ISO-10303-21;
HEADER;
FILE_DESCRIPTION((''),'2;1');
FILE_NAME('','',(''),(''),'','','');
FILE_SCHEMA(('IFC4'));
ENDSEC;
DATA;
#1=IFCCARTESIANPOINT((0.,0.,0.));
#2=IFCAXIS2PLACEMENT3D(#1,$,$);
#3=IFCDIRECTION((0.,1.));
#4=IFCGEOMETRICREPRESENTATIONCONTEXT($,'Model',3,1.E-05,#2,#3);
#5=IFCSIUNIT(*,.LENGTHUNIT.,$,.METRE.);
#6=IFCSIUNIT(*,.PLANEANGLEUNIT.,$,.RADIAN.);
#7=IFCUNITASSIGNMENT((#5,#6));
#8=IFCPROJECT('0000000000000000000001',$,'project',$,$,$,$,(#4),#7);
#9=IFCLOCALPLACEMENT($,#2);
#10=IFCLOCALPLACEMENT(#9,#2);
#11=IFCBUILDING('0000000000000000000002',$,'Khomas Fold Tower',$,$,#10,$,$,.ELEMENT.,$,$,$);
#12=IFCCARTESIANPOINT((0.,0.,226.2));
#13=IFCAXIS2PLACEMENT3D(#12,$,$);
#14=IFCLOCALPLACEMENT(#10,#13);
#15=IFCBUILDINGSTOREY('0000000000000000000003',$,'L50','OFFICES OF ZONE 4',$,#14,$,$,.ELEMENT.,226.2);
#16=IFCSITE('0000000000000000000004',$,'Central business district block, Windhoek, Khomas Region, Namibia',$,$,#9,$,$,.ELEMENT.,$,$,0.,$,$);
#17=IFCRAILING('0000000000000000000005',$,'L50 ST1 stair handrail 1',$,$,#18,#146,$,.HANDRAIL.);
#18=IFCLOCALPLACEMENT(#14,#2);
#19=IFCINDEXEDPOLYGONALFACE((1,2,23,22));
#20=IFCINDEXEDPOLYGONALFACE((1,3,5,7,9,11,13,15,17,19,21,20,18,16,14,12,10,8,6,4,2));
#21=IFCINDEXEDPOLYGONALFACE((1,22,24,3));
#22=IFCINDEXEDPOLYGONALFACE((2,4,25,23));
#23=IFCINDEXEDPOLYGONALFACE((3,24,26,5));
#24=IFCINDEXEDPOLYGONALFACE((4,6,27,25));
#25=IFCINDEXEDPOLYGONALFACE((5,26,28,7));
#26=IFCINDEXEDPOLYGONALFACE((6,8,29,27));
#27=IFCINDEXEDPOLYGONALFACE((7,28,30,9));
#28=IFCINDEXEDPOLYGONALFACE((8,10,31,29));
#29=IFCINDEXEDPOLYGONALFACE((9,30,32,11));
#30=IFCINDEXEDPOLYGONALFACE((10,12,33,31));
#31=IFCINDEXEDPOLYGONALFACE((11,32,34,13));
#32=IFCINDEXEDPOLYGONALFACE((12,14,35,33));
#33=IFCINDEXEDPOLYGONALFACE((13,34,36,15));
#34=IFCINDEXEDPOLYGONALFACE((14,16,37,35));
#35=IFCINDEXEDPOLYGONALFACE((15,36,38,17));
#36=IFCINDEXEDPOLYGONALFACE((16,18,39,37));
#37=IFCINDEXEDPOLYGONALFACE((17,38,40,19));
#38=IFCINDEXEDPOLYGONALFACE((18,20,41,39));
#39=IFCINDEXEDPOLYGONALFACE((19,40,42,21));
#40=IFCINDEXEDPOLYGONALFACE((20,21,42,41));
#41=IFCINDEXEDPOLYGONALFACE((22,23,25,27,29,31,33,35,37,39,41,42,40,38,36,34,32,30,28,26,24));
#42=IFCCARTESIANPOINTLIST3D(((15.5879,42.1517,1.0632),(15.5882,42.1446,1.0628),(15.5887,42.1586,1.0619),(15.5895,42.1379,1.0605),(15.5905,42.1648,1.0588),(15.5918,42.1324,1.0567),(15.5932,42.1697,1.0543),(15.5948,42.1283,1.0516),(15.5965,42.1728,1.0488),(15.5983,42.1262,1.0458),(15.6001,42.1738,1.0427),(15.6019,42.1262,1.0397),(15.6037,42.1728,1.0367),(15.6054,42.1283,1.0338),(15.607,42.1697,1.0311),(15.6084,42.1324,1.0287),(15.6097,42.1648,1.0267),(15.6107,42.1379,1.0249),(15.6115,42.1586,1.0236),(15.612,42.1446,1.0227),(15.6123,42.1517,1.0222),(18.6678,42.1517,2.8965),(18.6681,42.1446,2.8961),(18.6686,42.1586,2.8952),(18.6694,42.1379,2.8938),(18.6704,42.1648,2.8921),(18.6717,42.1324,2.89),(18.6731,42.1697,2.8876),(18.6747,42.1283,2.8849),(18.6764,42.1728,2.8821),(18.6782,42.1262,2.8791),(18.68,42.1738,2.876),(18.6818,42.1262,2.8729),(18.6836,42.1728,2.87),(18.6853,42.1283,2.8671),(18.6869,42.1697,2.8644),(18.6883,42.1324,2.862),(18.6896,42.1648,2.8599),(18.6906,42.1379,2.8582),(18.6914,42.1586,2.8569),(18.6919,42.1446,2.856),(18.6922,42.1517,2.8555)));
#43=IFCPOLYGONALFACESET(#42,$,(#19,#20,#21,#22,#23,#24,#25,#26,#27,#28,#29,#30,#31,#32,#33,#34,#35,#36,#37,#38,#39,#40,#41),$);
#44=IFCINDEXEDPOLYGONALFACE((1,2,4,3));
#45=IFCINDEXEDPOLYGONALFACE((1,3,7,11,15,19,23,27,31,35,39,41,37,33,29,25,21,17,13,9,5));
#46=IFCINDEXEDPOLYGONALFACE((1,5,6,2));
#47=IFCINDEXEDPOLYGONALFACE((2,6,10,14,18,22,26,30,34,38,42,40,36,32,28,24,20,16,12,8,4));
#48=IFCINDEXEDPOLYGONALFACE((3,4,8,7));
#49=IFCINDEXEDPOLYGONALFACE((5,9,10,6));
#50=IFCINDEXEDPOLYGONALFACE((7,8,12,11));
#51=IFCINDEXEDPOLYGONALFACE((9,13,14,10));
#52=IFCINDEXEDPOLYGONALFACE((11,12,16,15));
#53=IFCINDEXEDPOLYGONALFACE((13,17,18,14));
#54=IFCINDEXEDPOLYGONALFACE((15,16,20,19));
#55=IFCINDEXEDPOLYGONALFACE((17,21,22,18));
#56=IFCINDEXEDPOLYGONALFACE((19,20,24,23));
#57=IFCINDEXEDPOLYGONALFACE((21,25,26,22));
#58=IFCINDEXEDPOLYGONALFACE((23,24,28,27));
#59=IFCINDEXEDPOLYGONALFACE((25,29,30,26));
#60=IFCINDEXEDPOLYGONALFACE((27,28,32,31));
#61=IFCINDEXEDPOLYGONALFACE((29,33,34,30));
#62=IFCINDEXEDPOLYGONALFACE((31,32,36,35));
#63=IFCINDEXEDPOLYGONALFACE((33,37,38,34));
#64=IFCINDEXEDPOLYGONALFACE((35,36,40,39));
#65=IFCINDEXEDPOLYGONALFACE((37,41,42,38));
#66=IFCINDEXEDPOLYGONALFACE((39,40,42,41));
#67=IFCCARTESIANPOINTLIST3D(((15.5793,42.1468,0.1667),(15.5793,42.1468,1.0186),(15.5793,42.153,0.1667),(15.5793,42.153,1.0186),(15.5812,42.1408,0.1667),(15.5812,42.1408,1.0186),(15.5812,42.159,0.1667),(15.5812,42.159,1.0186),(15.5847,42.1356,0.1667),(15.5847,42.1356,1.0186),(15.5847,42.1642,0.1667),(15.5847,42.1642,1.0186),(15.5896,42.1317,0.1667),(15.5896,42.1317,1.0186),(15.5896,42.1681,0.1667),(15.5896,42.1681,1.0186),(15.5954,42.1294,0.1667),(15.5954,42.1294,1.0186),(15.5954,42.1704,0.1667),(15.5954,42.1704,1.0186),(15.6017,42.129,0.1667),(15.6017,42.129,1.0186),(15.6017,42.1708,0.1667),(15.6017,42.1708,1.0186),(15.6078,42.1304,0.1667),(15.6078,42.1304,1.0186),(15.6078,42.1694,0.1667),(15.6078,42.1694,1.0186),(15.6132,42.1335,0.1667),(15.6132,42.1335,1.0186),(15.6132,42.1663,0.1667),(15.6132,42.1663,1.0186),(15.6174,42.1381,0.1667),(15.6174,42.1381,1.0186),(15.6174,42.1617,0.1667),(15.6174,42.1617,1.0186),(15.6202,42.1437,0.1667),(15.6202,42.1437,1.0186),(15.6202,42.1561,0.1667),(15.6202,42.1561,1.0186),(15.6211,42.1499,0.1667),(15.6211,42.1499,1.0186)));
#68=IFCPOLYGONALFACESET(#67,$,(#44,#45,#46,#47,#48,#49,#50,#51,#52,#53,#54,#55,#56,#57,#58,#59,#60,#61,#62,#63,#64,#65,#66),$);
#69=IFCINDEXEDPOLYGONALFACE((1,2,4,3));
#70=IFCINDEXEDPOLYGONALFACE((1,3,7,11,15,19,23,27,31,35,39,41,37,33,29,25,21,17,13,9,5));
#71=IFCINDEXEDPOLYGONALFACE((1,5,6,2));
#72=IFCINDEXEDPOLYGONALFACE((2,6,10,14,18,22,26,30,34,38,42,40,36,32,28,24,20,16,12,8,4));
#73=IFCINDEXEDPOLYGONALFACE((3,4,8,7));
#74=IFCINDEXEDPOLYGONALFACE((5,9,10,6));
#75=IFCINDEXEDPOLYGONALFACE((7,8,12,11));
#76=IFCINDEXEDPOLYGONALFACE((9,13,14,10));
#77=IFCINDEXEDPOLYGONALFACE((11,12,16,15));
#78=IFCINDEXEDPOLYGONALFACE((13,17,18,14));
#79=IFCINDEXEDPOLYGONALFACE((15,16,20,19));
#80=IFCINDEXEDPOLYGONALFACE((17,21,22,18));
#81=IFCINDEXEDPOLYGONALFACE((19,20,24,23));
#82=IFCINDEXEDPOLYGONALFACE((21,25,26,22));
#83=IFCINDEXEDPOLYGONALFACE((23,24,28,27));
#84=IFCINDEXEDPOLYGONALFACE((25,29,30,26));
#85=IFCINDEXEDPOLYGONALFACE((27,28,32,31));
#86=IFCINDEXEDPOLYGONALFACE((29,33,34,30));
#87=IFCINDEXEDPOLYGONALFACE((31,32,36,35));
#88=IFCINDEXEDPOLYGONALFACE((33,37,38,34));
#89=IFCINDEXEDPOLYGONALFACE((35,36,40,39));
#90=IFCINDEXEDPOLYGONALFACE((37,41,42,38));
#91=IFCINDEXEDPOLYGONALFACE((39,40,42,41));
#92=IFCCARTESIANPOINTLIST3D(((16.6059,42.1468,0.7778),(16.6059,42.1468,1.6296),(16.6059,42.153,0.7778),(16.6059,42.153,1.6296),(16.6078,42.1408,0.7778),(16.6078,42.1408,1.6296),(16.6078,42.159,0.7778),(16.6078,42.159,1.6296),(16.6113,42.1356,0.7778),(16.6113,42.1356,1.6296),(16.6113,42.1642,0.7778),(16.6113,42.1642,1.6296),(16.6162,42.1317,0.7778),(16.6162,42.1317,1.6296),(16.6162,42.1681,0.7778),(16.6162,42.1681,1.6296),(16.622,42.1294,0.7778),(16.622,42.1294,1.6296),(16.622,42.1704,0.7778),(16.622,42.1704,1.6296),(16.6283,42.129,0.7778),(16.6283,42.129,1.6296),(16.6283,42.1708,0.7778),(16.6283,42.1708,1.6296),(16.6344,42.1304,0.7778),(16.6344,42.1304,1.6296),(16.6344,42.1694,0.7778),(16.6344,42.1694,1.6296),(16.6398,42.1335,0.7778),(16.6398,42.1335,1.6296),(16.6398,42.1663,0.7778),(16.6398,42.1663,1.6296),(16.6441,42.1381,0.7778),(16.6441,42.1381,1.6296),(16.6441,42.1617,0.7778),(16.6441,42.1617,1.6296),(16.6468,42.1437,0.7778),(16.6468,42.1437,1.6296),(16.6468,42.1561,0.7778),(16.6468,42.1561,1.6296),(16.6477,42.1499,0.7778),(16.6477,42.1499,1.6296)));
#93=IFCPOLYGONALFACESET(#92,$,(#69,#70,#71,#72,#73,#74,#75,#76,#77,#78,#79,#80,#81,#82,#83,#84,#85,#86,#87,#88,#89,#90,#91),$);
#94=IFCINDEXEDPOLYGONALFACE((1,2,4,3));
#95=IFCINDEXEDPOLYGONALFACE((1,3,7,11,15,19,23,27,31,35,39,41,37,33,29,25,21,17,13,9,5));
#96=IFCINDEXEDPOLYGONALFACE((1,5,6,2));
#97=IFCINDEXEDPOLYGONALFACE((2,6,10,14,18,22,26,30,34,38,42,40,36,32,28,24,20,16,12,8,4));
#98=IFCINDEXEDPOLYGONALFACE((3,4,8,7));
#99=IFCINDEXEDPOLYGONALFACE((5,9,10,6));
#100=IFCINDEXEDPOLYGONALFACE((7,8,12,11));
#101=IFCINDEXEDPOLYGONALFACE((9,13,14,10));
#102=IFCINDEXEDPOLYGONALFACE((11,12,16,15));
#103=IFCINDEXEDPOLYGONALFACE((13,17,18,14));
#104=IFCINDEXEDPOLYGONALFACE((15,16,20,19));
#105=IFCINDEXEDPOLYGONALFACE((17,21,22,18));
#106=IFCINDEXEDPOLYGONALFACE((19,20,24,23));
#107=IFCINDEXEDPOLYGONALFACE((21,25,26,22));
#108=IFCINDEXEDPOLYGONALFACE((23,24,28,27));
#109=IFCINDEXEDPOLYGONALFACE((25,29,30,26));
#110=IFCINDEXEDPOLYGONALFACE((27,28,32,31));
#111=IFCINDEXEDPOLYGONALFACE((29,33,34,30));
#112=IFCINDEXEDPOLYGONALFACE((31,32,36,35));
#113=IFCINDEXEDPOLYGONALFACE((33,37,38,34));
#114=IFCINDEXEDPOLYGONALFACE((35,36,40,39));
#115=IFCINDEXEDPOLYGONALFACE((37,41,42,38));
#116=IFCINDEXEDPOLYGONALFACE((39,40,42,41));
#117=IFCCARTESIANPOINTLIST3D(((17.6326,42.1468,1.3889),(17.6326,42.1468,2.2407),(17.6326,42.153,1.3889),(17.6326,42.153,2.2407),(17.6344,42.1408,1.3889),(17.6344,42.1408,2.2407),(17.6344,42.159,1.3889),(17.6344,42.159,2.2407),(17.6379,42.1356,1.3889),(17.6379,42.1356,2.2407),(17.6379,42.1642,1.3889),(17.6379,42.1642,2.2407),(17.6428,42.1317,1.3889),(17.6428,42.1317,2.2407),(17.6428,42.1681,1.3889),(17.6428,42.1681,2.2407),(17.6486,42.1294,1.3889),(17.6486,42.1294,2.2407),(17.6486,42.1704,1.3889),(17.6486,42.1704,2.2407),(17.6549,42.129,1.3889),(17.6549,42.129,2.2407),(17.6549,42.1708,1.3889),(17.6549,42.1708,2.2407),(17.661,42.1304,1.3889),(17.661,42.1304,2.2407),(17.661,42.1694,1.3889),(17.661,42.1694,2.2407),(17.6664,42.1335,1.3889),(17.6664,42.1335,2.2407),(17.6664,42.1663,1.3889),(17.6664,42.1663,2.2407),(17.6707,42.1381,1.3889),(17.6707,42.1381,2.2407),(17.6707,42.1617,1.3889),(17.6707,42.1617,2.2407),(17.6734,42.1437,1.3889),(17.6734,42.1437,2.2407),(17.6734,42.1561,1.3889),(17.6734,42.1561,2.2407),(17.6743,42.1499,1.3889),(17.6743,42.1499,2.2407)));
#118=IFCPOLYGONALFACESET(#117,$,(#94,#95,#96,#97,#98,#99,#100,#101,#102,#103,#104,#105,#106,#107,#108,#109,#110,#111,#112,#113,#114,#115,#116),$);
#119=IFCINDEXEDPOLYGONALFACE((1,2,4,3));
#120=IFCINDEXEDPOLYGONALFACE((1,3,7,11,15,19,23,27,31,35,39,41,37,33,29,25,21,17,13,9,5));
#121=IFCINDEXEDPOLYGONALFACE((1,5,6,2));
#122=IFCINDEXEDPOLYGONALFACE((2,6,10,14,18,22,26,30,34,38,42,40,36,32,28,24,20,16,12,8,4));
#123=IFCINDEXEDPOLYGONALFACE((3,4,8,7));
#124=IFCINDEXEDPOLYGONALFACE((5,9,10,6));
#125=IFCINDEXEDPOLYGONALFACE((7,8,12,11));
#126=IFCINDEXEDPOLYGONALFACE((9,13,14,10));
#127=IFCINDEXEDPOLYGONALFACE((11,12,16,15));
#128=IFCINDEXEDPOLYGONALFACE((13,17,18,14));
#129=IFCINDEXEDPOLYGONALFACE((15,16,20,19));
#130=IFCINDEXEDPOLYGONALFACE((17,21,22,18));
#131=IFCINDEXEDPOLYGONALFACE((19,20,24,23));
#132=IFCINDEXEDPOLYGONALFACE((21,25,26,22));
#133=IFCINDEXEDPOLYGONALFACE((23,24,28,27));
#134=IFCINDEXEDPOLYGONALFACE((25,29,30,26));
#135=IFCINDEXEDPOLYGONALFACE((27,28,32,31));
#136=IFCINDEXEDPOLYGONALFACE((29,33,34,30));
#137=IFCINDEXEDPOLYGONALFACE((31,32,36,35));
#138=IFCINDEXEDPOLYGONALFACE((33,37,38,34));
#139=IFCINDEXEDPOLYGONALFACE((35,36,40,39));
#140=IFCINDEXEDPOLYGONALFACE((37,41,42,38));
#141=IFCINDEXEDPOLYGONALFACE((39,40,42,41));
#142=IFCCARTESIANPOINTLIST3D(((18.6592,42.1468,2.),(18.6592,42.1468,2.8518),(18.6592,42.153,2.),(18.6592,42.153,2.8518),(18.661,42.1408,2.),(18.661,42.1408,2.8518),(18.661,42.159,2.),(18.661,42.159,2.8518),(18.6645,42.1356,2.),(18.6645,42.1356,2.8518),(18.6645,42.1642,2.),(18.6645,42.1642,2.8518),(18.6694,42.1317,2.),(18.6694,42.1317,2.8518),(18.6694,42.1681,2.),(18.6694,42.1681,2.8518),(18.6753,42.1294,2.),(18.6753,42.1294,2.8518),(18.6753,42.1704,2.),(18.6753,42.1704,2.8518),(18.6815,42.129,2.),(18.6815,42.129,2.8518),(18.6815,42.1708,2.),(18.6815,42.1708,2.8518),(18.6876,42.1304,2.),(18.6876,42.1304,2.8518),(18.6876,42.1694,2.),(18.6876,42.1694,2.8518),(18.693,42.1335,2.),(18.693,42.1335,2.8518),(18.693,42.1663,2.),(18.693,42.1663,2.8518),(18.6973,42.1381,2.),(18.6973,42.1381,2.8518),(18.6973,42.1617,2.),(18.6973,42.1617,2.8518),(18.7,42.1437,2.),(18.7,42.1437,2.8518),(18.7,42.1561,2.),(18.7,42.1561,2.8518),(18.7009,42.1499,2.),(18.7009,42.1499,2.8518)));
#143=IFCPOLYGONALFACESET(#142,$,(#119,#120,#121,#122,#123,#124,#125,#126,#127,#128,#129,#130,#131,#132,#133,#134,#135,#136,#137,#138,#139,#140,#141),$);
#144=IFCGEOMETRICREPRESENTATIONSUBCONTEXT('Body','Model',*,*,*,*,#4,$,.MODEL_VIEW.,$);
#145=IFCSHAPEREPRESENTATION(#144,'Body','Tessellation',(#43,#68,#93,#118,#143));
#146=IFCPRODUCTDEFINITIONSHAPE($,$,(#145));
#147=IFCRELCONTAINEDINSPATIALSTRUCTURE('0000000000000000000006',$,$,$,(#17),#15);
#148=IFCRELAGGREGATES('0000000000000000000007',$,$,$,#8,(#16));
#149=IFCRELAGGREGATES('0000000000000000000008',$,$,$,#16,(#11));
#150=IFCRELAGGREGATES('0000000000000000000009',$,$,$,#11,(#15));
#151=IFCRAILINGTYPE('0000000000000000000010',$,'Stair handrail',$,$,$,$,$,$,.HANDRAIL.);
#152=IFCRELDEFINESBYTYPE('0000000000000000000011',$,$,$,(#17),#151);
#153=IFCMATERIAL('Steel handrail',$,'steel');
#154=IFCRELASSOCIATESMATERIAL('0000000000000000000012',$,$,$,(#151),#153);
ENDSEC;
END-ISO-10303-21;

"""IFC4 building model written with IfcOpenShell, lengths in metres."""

from ifc_helpers import new_model, si_unit, direction, frame, origin, origin_2d, place, context, subcontext, project, spatial, circle, extrude, source, transform, mapped, material, type_object, element, save


model = new_model("IFC4")

# Units and contexts
model_context = context("Model", 3, precision=1e-05, world=origin(), true_north=direction((0.0, 1.0)))
body_context = subcontext(model_context, "Body", "Model", "MODEL_VIEW")
ifc_project = project(units=[si_unit("LENGTHUNIT", "METRE"), si_unit("PLANEANGLEUNIT", "RADIAN")], contexts=[model_context])

# Site, building, storey
site_placement = place(None, origin())
site = spatial("IfcSite", under=ifc_project, at=site_placement, Name="Central business district block, Windhoek, Khomas Region, Namibia", CompositionType="ELEMENT", RefElevation=0.0)
building_placement = place(site_placement, origin())
building = spatial("IfcBuilding", under=site, at=building_placement, Name="Khomas Fold Tower", CompositionType="ELEMENT")
storey_placement = place(building_placement, frame((0.0, 0.0, 226.2)))
storey = spatial("IfcBuildingStorey", under=building, at=storey_placement, Name="L50", Description="OFFICES OF ZONE 4", CompositionType="ELEMENT", Elevation=226.2)

# Railing
ifc_material_1 = material(Name="Steel handrail", Category="steel")
railing_type_1 = type_object("IfcRailingType", Name="Stair handrail", PredefinedType="HANDRAIL", material=ifc_material_1)
shared_shape_1 = source(origin(), body_context, "Body", "SweptSolid", [
    extrude(circle(Radius=0.0239, at=origin_2d()), frame((0.0, 0.0, 0.876), z_axis=(0.859291, 0.0, 0.511487), x_axis=(0.0, 1.0, 0.0)), (0.0, 0.0, 1.0), 3.5842),
    extrude(circle(Radius=0.021, at=origin_2d()), origin(), (0.0, 0.0, 1.0), 0.8518),
    extrude(circle(Radius=0.021, at=origin_2d()), frame((1.0266, 0.0, 0.6111)), (0.0, 0.0, 1.0), 0.8518),
    extrude(circle(Radius=0.021, at=origin_2d()), frame((2.0532, 0.0, 1.2222)), (0.0, 0.0, 1.0), 0.8518),
    extrude(circle(Radius=0.021, at=origin_2d()), frame((3.0798, 0.0, 1.8333)), (0.0, 0.0, 1.0), 0.8518),
])
railing_1_placement = place(storey_placement, frame((15.6001, 42.1499, 0.1667)))
element("IfcRailing", 1, at=railing_1_placement, inside=storey, type_object=railing_type_1, Name="L50 ST1 stair handrail 1", PredefinedType="HANDRAIL", context=body_context, shape_type="MappedRepresentation", body=[
    mapped(shared_shape_1, transform((0.0, 0.0, 0.0))),
])

save(model, "model.ifc")
